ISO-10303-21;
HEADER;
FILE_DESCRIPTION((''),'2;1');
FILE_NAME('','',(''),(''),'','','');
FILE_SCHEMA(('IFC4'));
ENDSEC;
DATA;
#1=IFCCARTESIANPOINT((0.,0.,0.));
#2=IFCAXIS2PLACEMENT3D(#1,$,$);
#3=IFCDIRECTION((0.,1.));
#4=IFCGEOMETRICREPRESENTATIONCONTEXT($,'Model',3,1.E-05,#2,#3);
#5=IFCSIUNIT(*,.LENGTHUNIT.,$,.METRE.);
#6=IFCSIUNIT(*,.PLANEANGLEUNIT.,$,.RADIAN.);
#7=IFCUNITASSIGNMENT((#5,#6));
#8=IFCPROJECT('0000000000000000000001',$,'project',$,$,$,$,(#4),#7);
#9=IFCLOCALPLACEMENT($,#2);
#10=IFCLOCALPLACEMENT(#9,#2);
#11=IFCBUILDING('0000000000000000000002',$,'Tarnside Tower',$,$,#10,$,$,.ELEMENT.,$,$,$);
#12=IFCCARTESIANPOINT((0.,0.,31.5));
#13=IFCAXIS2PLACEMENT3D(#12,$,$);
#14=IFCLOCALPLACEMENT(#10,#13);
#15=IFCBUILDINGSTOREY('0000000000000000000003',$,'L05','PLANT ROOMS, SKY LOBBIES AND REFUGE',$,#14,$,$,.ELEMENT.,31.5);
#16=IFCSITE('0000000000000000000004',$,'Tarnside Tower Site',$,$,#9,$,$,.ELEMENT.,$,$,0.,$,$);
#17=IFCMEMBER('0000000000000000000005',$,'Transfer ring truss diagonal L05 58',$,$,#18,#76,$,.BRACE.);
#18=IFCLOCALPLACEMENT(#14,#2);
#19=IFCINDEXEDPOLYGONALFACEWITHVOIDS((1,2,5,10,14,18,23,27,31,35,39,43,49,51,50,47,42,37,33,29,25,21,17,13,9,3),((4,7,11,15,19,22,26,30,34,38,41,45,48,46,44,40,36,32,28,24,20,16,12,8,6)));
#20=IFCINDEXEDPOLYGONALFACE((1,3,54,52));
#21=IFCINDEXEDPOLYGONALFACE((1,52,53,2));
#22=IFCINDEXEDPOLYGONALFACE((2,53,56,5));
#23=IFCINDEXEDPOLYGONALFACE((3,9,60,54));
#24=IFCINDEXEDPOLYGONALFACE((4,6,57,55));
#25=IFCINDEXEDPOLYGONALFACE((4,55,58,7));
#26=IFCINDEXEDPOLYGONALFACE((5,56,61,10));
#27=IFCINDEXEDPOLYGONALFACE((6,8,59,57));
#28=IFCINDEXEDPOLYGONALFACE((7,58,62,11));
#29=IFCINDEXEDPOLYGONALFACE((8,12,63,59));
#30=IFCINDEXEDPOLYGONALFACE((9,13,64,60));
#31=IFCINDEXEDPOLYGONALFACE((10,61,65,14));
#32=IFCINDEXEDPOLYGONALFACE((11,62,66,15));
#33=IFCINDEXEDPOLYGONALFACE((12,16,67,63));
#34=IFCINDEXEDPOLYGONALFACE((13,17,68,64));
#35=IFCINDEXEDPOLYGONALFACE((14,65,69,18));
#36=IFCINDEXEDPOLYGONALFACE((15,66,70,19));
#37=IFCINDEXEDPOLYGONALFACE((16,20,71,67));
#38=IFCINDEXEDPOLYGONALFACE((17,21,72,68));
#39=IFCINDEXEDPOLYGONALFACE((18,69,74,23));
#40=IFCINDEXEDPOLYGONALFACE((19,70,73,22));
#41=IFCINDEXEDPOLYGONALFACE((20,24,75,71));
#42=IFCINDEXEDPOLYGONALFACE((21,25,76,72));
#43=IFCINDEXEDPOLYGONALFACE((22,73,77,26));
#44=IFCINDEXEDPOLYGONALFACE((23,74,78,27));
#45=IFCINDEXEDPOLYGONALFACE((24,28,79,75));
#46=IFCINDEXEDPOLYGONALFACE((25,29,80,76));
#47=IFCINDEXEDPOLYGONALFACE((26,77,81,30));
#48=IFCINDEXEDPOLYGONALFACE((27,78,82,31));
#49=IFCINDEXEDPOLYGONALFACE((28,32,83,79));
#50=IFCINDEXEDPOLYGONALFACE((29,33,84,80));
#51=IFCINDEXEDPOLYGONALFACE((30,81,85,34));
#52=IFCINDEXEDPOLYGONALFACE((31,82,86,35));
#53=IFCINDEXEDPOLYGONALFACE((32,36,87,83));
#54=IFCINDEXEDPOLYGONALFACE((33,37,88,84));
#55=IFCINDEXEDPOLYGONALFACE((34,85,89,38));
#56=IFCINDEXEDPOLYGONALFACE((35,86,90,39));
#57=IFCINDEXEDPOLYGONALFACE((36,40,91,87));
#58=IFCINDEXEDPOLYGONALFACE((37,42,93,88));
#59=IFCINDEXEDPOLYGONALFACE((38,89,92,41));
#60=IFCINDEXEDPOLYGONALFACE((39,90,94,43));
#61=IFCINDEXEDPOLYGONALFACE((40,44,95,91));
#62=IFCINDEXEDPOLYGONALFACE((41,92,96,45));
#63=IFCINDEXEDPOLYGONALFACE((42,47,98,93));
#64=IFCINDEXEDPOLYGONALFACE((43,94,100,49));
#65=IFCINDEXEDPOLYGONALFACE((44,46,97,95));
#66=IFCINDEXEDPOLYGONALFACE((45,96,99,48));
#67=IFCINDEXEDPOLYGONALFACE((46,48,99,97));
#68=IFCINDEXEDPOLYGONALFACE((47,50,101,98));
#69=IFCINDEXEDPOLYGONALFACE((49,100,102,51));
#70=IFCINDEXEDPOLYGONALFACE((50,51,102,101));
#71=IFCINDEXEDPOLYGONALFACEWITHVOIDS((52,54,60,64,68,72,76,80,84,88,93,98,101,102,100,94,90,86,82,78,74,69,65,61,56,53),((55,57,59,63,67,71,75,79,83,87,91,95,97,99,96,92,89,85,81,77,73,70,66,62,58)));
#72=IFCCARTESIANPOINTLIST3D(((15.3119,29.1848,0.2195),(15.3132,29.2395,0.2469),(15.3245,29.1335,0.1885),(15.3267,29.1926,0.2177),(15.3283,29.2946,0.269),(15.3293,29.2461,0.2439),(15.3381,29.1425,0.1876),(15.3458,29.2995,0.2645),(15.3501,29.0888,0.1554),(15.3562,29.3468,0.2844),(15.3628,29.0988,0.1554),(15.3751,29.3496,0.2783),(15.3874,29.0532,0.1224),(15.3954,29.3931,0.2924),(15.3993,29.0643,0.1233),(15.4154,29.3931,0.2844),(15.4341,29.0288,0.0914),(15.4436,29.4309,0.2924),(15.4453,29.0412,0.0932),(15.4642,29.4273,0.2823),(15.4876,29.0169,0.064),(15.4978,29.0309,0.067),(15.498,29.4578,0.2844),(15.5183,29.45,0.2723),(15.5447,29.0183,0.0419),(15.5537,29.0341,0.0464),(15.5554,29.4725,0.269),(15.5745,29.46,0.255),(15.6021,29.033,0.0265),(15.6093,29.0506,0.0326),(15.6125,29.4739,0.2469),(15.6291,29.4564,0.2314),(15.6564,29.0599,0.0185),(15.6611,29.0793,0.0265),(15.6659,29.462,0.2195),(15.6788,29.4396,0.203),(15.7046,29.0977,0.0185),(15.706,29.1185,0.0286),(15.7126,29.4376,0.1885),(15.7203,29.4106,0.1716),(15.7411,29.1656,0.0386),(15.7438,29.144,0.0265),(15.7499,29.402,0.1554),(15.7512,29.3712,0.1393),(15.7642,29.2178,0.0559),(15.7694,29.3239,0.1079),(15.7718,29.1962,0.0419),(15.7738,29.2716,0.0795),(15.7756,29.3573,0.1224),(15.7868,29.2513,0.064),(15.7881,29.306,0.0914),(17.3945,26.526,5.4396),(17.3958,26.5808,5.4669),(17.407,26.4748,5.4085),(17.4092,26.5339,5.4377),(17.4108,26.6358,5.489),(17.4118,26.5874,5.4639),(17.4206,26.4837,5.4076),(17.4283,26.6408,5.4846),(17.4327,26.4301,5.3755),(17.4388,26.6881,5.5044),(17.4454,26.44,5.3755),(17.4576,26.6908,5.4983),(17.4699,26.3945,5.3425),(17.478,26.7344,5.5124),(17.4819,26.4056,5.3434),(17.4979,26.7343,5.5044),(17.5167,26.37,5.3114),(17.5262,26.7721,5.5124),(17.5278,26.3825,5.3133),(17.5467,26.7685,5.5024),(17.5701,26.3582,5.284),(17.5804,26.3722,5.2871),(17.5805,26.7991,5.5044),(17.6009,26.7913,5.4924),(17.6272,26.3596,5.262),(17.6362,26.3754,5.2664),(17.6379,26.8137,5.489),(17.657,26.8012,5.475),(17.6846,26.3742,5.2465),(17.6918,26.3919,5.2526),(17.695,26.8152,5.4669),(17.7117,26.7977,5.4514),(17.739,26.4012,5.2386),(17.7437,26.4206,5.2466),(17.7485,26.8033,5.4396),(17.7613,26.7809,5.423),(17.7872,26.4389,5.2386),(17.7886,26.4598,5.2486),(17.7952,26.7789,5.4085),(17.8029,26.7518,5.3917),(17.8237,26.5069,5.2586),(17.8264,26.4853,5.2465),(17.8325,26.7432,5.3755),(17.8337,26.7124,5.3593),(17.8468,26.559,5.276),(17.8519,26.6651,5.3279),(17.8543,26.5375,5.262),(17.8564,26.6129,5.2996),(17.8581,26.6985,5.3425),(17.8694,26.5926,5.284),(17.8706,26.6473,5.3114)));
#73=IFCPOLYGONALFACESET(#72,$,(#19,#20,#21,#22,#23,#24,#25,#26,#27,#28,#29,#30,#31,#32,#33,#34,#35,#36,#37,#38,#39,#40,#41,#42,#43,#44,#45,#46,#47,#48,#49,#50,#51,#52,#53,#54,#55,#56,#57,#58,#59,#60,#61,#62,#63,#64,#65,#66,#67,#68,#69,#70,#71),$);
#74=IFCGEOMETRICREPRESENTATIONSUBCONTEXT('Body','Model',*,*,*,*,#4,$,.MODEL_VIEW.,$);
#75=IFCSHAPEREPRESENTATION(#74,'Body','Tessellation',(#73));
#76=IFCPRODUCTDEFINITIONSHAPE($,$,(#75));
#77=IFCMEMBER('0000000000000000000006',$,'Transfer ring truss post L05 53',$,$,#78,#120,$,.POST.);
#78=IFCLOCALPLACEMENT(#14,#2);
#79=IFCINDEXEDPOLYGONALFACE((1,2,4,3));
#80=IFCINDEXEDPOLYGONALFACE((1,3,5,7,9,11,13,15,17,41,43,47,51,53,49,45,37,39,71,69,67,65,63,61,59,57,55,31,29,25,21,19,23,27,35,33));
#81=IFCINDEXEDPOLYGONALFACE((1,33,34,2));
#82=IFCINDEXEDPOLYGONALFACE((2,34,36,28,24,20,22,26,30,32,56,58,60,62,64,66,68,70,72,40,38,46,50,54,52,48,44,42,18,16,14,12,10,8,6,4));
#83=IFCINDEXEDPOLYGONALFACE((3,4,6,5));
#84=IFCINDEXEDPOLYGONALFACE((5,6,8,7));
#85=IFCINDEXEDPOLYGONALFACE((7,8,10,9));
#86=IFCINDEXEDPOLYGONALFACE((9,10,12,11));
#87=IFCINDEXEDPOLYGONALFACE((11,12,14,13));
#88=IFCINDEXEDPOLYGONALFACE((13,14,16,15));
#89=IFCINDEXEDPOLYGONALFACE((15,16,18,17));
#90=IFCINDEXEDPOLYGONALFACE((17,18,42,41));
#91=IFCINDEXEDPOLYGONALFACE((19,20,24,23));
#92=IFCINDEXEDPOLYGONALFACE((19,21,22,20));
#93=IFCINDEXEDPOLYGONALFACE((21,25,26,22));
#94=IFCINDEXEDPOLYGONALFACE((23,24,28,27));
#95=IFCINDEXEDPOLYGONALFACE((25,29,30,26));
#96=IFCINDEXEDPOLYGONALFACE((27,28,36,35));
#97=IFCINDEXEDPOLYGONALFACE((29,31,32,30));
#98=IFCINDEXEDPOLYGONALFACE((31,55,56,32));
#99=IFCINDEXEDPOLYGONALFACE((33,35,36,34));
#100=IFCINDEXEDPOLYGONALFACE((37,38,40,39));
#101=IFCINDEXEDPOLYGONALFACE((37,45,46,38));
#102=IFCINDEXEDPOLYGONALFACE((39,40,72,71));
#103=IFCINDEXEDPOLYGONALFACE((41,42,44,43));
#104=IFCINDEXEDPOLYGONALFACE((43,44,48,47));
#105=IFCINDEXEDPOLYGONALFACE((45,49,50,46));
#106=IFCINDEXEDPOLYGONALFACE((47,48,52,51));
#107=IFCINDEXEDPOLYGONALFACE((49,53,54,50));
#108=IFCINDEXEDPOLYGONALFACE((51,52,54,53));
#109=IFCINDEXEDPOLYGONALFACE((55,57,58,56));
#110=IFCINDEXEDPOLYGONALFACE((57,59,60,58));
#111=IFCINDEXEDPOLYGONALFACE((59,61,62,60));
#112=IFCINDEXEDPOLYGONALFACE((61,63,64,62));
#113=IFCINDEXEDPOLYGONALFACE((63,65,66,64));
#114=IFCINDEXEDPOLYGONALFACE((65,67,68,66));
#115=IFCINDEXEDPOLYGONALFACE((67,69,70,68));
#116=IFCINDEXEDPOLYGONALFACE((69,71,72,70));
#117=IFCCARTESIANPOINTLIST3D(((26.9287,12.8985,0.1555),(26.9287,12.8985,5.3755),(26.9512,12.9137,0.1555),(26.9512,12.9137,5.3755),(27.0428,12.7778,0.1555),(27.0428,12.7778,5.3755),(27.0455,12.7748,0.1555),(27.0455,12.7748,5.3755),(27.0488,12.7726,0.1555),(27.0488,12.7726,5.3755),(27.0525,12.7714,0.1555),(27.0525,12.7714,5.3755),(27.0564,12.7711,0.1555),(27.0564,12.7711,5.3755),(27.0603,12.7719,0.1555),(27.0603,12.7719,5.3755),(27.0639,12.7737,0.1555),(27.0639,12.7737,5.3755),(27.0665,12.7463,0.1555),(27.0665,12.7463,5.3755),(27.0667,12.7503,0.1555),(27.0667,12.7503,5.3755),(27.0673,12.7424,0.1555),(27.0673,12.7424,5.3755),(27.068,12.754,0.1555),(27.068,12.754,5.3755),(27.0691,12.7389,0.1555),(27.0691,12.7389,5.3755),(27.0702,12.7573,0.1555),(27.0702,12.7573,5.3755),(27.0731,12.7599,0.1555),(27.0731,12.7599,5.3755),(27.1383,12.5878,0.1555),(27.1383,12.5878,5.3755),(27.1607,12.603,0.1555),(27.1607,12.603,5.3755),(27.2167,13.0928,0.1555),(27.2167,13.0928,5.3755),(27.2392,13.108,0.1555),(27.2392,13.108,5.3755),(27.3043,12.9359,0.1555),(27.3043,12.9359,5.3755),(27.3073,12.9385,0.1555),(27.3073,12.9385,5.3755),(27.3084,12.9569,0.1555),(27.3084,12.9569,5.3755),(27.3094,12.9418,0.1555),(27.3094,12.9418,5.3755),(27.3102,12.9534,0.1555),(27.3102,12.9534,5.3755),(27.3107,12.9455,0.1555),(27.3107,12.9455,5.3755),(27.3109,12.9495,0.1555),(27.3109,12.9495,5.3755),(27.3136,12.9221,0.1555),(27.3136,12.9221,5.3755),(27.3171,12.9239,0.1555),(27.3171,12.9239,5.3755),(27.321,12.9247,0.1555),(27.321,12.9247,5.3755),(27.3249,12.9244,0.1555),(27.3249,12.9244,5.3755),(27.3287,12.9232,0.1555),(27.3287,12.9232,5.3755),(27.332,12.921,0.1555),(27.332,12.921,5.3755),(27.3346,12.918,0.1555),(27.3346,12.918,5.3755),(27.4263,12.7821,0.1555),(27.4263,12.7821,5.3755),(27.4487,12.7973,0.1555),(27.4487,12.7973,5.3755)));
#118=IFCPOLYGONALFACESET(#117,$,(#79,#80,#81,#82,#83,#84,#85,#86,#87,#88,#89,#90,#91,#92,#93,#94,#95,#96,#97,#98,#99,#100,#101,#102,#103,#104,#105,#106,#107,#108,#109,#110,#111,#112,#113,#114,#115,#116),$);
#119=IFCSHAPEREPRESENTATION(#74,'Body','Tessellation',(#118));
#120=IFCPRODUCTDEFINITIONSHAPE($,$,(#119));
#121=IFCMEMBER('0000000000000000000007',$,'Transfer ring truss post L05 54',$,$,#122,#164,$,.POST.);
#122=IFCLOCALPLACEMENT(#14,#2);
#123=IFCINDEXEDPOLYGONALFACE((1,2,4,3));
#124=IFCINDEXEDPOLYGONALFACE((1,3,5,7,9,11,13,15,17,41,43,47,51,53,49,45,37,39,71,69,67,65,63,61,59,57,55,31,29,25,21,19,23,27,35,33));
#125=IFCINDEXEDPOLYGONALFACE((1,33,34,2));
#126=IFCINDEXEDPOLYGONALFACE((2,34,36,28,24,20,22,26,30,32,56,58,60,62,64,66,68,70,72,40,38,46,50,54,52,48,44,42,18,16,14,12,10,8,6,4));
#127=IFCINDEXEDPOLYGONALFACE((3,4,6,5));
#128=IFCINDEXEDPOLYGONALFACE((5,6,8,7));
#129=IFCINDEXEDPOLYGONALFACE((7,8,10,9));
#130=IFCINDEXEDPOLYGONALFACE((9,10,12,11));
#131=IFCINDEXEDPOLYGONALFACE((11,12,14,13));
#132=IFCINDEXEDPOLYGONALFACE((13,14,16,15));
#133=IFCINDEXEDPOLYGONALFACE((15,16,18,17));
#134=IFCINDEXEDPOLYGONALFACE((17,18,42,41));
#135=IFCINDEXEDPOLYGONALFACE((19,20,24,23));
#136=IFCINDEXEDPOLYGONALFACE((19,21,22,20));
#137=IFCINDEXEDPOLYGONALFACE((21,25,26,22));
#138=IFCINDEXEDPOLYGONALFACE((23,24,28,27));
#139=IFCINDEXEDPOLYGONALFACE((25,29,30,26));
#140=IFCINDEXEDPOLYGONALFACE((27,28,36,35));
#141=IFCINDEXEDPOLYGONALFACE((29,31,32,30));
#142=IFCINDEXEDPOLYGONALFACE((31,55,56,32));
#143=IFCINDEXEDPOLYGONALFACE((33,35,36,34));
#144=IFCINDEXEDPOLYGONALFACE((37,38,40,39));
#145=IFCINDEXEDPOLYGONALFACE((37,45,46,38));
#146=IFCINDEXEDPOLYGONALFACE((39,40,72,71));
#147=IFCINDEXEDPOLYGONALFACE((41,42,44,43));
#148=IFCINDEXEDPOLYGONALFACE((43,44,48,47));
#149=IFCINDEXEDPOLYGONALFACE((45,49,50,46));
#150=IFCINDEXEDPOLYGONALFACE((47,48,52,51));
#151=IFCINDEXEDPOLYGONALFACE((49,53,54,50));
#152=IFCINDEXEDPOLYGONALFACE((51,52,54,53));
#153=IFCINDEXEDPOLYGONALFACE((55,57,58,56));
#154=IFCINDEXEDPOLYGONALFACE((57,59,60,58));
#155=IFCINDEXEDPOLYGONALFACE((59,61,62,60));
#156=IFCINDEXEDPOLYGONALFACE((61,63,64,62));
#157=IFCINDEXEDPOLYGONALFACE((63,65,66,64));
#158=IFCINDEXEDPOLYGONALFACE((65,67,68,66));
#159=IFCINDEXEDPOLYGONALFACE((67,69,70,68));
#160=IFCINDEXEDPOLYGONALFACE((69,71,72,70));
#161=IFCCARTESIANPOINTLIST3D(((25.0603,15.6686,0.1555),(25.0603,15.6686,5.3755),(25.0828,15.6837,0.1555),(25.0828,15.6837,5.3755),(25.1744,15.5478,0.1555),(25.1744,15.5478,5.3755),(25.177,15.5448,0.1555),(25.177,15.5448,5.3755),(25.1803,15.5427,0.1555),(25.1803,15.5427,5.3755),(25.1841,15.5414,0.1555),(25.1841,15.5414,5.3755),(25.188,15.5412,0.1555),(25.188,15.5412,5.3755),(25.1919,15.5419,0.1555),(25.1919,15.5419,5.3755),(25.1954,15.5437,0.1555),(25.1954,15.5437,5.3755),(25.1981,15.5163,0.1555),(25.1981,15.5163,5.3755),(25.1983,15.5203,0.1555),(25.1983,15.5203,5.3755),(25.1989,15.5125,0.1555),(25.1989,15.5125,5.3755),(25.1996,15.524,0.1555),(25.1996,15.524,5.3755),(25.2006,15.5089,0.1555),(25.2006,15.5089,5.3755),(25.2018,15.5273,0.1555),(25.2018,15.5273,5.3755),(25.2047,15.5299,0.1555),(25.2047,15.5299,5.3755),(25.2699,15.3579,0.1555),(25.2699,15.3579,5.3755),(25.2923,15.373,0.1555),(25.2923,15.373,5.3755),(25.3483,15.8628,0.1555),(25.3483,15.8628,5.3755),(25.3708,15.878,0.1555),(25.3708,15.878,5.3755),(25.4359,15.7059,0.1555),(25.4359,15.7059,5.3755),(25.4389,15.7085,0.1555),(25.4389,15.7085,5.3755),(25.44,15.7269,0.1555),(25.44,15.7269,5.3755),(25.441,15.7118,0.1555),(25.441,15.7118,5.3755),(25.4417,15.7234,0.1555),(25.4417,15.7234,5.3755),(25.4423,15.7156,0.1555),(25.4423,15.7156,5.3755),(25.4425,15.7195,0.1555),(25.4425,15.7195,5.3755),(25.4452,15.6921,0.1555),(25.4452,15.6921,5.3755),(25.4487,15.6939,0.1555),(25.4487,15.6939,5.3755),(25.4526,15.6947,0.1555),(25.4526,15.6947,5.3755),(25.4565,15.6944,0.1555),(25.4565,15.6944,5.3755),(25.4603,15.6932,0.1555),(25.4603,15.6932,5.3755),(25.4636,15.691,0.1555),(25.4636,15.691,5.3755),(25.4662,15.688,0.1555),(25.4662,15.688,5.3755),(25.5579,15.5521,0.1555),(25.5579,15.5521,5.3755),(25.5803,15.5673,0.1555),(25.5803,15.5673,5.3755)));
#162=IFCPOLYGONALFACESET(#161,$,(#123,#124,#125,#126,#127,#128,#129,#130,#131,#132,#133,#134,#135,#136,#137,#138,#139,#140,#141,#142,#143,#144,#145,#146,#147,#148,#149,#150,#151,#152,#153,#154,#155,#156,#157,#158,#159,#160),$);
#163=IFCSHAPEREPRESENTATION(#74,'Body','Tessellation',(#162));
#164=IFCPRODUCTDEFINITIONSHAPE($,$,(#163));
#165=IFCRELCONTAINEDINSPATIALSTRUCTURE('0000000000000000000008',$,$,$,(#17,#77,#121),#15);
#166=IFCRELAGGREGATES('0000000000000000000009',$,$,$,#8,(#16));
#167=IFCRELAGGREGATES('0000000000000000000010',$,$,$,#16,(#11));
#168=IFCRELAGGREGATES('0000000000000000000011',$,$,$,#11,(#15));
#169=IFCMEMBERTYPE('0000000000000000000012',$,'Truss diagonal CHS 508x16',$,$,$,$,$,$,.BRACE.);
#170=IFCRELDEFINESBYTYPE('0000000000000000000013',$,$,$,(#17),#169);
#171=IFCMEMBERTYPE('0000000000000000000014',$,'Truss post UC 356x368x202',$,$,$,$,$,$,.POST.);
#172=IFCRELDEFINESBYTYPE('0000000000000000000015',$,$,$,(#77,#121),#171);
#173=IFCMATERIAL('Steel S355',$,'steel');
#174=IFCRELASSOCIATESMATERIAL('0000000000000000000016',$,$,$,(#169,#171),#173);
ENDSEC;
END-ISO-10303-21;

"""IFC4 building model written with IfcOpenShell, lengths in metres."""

from ifc_helpers import new_model, si_unit, direction, frame, origin, origin_2d, place, context, subcontext, project, spatial, hollow_circle, i_section, extrude, material, material_profile, profile_set, type_object, element, save


model = new_model("IFC4")

# Units and contexts
model_context = context("Model", 3, precision=1e-05, world=origin(), true_north=direction((0.0, 1.0)))
body_context = subcontext(model_context, "Body", "Model", "MODEL_VIEW")
ifc_project = project(units=[si_unit("LENGTHUNIT", "METRE"), si_unit("PLANEANGLEUNIT", "RADIAN")], contexts=[model_context])

# Site, building, storey
site_placement = place(None, origin())
site = spatial("IfcSite", under=ifc_project, at=site_placement, Name="Tarnside Tower Site", CompositionType="ELEMENT", RefElevation=0.0)
building_placement = place(site_placement, origin())
building = spatial("IfcBuilding", under=site, at=building_placement, Name="Tarnside Tower", CompositionType="ELEMENT")
storey_placement = place(building_placement, frame((0.0, 0.0, 31.5)))
storey = spatial("IfcBuildingStorey", under=building, at=storey_placement, Name="L05", Description="PLANT ROOMS, SKY LOBBIES AND REFUGE", CompositionType="ELEMENT", Elevation=31.5)

# Shared definitions
ifc_material_1 = material(Name="Steel S355", Category="steel")

# Members
ifc_material_profile_1 = material_profile(ifc_material_1, hollow_circle(Radius=0.2539, WallThickness=0.0161, at=origin_2d()), Name="CHS 508x16")
ifc_profile_set_1 = profile_set([ifc_material_profile_1], Name="Steel S355")
member_type_1 = type_object("IfcMemberType", Name="Truss diagonal CHS 508x16", PredefinedType="BRACE", material=ifc_profile_set_1)
for number, where, z_axis, x_axis, name in (
    (1, (17.6326, 26.5867, 5.3755), (-0.334961, 0.427635, -0.839601), (-0.787246, -0.61664, 0.0), "Transfer ring truss diagonal L05 58"),
):
    element("IfcMember", number, at=place(storey_placement, frame(where, z_axis=z_axis, x_axis=x_axis)), inside=storey, type_object=member_type_1, Name=name, PredefinedType="BRACE", context=body_context, shape_type="SweptSolid", body=[
        extrude(hollow_circle(Radius=0.2539, WallThickness=0.0161, at=origin_2d()), origin(), (0.0, 0.0, 1.0), 6.2173),
    ])
ifc_material_profile_2 = material_profile(ifc_material_1, i_section(OverallWidth=0.3748, OverallDepth=0.3745, WebThickness=0.0166, FlangeThickness=0.0271, FilletRadius=0.0151, at=origin_2d()), Name="UC 356x368x202")
ifc_profile_set_2 = profile_set([ifc_material_profile_2], Name="Steel S355")
member_type_2 = type_object("IfcMemberType", Name="Truss post UC 356x368x202", PredefinedType="POST", material=ifc_profile_set_2)
for number, where, z_axis, x_axis, name in (
    (2, (27.1887, 12.8479, 0.1555), (0.0, 0.0, 1.0), (-0.559193, 0.829038, 0.0), "Transfer ring truss post L05 53"),
    (3, (25.3203, 15.6179, 0.1555), (0.0, 0.0, 1.0), (-0.559193, 0.829038, 0.0), "Transfer ring truss post L05 54"),
):
    element("IfcMember", number, at=place(storey_placement, frame(where, z_axis=z_axis, x_axis=x_axis)), inside=storey, type_object=member_type_2, Name=name, PredefinedType="POST", context=body_context, shape_type="SweptSolid", body=[
        extrude(i_section(OverallWidth=0.3748, OverallDepth=0.3745, WebThickness=0.0166, FlangeThickness=0.0271, FilletRadius=0.0151, at=origin_2d()), origin(), (0.0, 0.0, 1.0), 5.22),
    ])

save(model, "model.ifc")
